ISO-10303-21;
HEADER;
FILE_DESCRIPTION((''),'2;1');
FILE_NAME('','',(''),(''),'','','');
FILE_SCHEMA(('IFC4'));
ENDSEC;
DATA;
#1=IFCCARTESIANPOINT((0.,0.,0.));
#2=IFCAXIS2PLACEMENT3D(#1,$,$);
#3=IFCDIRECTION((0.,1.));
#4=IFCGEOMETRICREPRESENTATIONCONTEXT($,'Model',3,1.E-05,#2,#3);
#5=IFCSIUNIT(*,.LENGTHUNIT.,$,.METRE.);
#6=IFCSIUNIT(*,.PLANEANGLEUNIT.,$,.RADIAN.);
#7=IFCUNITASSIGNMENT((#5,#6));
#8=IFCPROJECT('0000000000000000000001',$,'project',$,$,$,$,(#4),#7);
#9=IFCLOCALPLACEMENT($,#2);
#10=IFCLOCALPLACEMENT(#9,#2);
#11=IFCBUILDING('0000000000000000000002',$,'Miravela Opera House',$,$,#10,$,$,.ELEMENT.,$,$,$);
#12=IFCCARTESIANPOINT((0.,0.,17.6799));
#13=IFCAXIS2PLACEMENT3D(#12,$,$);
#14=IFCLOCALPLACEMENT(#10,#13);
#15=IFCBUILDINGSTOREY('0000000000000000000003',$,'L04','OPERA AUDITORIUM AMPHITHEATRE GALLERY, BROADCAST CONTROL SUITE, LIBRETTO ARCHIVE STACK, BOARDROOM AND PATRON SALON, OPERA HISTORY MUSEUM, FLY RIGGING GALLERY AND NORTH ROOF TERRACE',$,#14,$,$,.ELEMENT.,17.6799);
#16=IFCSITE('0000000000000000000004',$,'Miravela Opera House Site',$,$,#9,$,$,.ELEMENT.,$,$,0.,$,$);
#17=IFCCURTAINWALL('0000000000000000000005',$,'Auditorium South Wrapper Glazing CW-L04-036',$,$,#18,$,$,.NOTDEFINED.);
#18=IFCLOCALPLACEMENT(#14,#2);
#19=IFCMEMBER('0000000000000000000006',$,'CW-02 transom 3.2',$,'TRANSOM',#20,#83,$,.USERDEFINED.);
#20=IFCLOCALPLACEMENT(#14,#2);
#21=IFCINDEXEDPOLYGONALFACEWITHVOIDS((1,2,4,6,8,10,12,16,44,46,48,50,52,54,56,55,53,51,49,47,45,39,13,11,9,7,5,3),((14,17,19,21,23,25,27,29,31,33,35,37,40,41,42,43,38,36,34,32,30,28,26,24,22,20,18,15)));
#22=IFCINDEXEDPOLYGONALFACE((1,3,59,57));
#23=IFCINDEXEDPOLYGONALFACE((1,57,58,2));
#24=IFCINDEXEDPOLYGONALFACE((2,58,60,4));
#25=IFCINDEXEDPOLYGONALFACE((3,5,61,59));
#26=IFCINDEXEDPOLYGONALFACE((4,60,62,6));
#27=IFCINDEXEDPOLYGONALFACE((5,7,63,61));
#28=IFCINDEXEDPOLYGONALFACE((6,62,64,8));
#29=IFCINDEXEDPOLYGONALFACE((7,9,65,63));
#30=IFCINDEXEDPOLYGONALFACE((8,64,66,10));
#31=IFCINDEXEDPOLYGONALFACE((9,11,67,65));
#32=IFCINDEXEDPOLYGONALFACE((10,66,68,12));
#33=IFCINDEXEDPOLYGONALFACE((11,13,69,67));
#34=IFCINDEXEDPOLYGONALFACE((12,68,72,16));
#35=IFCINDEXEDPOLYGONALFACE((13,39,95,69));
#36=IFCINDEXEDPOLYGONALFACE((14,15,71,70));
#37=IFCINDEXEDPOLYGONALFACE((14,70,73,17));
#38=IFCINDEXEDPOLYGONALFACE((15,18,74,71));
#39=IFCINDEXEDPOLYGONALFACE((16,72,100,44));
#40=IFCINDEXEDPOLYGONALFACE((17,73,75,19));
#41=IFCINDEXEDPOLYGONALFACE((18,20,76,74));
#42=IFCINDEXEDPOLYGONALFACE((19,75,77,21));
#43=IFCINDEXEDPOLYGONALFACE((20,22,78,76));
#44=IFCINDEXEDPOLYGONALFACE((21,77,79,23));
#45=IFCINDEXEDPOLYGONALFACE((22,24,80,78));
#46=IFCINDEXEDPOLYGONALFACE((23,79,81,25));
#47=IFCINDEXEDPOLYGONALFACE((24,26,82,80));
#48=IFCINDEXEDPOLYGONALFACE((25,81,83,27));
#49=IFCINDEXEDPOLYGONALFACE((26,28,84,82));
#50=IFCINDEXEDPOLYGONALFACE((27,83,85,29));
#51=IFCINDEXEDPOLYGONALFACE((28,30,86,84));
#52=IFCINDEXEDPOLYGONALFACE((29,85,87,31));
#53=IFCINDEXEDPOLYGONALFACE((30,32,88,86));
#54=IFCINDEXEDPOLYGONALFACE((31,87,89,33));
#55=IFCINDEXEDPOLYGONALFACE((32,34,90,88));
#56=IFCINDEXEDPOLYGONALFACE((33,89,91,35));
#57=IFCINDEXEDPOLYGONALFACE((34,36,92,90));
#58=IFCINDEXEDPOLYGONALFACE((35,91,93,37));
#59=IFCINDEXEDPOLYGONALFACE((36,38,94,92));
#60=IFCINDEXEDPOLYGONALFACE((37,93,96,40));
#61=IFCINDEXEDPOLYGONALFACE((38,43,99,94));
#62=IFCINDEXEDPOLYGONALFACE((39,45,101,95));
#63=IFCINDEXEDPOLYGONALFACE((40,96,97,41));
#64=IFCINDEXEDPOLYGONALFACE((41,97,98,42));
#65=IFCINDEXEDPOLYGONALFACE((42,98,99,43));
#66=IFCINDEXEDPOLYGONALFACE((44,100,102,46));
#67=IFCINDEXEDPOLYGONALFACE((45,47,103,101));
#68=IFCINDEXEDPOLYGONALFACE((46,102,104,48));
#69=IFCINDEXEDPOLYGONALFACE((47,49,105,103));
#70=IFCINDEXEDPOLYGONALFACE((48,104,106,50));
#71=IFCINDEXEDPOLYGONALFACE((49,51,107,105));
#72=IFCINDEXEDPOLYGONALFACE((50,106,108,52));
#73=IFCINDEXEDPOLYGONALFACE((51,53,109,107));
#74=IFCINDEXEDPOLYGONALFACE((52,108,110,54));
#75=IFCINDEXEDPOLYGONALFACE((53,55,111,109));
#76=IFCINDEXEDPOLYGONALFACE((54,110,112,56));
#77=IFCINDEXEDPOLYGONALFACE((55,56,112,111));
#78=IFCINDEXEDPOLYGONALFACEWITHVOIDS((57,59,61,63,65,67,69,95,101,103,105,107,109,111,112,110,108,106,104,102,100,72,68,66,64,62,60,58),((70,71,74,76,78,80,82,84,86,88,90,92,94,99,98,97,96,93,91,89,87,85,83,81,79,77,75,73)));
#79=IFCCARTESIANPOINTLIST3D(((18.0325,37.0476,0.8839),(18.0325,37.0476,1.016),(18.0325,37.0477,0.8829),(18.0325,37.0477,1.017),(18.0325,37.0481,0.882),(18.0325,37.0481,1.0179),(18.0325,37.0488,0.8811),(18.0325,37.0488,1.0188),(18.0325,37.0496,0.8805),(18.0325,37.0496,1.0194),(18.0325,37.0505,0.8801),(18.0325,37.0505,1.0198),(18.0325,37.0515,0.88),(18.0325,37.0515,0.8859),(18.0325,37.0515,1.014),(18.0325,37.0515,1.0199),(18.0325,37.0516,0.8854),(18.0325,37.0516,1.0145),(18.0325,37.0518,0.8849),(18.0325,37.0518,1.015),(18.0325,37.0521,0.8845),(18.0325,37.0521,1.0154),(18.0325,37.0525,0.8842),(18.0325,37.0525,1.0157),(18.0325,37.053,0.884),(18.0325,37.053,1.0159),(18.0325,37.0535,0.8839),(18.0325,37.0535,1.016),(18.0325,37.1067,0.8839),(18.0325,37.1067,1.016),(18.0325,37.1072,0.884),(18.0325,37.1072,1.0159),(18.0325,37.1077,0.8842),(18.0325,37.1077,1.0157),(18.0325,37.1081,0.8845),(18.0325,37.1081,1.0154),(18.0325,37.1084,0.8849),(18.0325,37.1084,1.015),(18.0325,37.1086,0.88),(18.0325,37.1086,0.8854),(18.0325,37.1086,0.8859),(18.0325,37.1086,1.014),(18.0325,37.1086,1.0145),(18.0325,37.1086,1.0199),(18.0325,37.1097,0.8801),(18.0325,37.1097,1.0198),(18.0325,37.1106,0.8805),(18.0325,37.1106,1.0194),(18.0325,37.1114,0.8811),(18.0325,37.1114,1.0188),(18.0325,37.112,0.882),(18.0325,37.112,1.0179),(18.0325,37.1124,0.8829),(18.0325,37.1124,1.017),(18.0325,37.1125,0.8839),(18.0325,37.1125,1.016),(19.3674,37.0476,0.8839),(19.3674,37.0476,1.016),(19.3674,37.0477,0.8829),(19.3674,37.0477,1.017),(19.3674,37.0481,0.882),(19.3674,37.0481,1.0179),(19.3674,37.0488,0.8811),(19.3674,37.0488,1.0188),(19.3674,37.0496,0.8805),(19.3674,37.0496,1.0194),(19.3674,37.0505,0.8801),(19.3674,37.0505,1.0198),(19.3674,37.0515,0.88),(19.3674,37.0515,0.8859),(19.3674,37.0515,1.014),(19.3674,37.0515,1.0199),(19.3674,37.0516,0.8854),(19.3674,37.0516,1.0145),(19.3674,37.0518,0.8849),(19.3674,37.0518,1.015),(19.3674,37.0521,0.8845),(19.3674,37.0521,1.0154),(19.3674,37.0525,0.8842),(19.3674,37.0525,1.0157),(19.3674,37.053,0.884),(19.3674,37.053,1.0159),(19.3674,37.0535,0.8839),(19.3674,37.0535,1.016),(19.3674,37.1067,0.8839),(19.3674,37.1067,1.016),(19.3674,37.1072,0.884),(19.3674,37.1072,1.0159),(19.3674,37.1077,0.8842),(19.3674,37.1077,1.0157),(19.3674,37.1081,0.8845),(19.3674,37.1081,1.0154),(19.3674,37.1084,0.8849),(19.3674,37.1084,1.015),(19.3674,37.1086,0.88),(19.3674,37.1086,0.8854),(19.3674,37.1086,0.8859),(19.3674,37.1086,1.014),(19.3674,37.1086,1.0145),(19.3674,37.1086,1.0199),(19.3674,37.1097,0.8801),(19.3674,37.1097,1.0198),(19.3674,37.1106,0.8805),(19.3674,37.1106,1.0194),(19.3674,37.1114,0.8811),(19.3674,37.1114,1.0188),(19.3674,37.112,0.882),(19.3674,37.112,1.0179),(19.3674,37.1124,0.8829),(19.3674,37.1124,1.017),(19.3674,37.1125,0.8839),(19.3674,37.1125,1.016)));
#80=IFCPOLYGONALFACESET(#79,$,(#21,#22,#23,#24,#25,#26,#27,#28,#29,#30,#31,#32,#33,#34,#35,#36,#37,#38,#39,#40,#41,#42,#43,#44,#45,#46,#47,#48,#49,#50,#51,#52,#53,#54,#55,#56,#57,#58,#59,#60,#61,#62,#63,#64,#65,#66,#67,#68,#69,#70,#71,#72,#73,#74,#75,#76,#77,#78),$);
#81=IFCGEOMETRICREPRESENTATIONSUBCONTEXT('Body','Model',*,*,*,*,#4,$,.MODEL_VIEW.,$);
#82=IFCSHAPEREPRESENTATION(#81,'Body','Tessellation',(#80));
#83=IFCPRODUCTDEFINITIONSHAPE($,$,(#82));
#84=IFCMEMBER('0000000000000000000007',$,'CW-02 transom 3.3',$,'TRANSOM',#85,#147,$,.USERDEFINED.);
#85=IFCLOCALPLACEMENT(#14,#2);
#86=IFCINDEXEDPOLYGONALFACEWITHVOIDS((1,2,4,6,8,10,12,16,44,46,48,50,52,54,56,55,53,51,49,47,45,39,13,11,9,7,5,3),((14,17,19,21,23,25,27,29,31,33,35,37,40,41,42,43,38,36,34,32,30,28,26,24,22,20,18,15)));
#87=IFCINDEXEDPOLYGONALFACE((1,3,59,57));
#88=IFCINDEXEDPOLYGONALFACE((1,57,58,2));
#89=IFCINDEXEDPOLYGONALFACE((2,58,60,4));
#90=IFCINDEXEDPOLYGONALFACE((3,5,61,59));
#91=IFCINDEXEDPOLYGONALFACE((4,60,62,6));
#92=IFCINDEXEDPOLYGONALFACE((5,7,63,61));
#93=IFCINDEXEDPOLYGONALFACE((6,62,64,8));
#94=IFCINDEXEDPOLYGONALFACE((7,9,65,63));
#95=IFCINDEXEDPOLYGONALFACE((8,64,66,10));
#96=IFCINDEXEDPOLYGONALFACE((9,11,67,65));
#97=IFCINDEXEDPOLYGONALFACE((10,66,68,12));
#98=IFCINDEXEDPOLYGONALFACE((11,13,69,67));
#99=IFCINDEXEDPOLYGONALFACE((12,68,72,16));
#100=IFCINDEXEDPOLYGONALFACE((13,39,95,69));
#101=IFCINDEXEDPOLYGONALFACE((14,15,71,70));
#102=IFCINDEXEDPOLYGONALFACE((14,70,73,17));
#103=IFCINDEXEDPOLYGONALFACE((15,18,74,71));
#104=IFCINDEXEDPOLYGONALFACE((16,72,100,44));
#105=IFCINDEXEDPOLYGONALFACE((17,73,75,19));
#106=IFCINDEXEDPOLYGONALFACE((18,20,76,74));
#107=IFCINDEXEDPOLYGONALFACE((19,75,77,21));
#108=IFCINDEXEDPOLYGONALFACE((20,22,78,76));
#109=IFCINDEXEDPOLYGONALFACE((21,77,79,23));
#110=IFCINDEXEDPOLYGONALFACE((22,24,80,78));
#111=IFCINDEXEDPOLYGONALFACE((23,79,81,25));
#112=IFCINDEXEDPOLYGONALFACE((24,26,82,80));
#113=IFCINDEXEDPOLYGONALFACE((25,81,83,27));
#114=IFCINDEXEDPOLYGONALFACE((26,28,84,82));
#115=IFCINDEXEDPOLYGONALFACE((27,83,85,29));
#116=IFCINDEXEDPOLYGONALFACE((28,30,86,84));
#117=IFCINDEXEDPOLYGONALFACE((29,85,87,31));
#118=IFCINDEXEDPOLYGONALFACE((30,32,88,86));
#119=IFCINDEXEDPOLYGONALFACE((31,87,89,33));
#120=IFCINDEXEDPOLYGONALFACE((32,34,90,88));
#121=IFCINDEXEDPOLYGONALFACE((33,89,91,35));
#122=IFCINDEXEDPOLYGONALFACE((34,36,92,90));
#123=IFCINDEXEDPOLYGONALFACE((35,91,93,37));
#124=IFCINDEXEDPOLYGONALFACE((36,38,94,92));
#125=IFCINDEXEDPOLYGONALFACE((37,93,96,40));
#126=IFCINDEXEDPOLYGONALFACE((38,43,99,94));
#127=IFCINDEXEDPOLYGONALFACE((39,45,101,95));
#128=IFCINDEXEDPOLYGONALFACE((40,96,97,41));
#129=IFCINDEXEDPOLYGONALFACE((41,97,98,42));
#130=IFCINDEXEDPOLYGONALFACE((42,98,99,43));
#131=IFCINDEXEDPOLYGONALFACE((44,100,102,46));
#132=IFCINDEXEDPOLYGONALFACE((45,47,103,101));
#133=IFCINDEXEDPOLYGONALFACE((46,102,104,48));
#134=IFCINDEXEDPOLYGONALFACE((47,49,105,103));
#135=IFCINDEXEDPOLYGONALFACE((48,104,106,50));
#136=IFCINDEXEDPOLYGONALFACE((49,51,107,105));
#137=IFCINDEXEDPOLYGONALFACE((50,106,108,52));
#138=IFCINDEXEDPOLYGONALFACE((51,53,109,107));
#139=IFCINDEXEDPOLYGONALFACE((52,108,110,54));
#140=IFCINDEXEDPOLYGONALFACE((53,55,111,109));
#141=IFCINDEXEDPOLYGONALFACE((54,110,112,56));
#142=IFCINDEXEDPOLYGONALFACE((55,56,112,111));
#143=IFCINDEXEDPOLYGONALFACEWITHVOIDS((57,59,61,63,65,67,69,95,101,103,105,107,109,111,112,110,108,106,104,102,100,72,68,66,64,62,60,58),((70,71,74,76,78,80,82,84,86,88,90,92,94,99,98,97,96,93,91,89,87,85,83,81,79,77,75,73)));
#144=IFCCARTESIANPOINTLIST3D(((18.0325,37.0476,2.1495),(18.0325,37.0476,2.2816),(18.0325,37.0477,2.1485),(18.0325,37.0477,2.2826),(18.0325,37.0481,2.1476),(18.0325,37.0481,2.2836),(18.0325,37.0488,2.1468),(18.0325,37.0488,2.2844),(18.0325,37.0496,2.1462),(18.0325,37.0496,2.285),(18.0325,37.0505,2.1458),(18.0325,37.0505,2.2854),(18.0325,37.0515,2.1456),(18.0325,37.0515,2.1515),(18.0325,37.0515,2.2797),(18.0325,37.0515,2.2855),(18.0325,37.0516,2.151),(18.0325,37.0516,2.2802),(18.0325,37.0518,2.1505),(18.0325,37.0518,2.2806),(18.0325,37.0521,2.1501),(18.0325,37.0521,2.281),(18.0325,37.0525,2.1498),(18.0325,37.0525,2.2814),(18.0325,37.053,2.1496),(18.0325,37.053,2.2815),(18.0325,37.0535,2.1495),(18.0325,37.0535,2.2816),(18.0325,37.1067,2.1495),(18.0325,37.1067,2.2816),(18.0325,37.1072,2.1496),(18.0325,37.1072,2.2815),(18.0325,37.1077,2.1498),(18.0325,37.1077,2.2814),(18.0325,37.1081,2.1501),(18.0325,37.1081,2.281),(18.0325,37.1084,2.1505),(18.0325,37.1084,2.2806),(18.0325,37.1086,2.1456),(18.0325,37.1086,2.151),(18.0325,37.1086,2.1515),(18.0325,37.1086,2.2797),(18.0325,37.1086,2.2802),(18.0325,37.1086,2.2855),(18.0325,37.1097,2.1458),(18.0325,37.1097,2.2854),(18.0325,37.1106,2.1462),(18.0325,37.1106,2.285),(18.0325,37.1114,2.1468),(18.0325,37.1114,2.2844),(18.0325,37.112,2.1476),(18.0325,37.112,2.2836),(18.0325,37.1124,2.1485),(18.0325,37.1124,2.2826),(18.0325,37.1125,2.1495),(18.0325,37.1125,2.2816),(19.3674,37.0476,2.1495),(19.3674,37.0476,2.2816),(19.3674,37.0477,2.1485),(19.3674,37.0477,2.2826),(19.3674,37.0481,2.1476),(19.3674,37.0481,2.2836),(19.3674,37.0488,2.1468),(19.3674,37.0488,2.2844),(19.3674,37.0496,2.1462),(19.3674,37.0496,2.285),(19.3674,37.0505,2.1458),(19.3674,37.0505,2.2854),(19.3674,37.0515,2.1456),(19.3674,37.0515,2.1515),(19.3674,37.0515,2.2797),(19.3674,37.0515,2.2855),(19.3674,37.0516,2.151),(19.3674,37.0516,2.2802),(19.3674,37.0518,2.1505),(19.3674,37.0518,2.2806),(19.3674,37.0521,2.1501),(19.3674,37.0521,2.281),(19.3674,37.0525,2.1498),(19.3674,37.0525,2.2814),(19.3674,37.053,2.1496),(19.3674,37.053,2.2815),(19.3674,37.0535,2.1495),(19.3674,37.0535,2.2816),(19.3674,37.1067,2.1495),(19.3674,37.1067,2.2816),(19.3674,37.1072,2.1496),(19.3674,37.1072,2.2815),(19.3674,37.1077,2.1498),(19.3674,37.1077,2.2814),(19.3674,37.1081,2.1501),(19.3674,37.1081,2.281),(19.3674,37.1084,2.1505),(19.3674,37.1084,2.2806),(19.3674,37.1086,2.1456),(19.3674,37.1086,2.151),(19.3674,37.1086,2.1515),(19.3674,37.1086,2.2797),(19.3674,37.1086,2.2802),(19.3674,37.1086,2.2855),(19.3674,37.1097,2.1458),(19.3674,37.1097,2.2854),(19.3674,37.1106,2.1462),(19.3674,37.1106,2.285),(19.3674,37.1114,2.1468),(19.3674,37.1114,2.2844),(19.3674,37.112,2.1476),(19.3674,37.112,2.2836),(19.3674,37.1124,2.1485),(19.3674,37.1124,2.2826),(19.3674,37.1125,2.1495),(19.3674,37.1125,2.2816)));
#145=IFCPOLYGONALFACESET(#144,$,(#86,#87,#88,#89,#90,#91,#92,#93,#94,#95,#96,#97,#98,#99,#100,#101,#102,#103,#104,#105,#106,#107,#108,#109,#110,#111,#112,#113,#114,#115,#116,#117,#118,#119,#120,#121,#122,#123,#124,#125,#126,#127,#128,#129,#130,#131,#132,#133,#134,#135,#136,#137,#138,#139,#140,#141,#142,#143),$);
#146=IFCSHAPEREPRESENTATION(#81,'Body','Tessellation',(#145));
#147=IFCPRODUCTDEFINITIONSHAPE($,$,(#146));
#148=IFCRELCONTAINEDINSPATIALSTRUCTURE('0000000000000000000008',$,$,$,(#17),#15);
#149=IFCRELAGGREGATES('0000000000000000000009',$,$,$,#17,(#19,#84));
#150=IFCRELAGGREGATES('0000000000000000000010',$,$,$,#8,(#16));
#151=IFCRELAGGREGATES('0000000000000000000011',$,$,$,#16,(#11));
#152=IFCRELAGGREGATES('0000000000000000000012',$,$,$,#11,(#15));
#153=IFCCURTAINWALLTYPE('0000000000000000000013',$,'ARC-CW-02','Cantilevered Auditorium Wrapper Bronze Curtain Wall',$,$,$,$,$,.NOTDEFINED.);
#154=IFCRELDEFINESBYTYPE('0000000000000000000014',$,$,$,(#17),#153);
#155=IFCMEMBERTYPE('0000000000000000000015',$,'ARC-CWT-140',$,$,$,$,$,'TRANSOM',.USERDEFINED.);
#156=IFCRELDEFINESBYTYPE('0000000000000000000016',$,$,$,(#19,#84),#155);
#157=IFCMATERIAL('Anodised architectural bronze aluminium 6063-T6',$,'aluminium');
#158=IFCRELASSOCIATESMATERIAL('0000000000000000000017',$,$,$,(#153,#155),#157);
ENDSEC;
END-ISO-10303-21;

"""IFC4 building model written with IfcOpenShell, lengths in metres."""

from ifc_helpers import new_model, si_unit, direction, frame, origin, origin_2d, place, context, subcontext, project, spatial, hollow_rectangle, extrude, material, material_profile, profile_set, type_object, element, aggregate, save


model = new_model("IFC4")

# Units and contexts
model_context = context("Model", 3, precision=1e-05, world=origin(), true_north=direction((0.0, 1.0)))
body_context = subcontext(model_context, "Body", "Model", "MODEL_VIEW")
ifc_project = project(units=[si_unit("LENGTHUNIT", "METRE"), si_unit("PLANEANGLEUNIT", "RADIAN")], contexts=[model_context])

# Site, building, storey
site_placement = place(None, origin())
site = spatial("IfcSite", under=ifc_project, at=site_placement, Name="Miravela Opera House Site", CompositionType="ELEMENT", RefElevation=0.0)
building_placement = place(site_placement, origin())
building = spatial("IfcBuilding", under=site, at=building_placement, Name="Miravela Opera House", CompositionType="ELEMENT")
storey_placement = place(building_placement, frame((0.0, 0.0, 17.6799)))
storey = spatial("IfcBuildingStorey", under=building, at=storey_placement, Name="L04", Description="OPERA AUDITORIUM AMPHITHEATRE GALLERY, BROADCAST CONTROL SUITE, LIBRETTO ARCHIVE STACK, BOARDROOM AND PATRON SALON, OPERA HISTORY MUSEUM, FLY RIGGING GALLERY AND NORTH ROOF TERRACE", CompositionType="ELEMENT", Elevation=17.6799)

# Curtain wall, members
ifc_material_1 = material(Name="Anodised architectural bronze aluminium 6063-T6", Category="aluminium")
curtain_wall_type = type_object("IfcCurtainWallType", Name="ARC-CW-02", Description="Cantilevered Auditorium Wrapper Bronze Curtain Wall", PredefinedType="NOTDEFINED", material=ifc_material_1)
curtain_wall_placement = place(storey_placement, origin())
curtain_wall = element("IfcCurtainWall", 1, at=curtain_wall_placement, inside=storey, type_object=curtain_wall_type, Name="Auditorium South Wrapper Glazing CW-L04-036", PredefinedType="NOTDEFINED")
ifc_material_profile_1 = material_profile(ifc_material_1, hollow_rectangle(XDim=0.0649, YDim=0.1399, WallThickness=0.0039, InnerFilletRadius=0.002, OuterFilletRadius=0.0039, at=origin_2d()), Name="CWT-65X140")
ifc_profile_set_1 = profile_set([ifc_material_profile_1])
member_type_1 = type_object("IfcMemberType", Name="ARC-CWT-140", ElementType="TRANSOM", PredefinedType="USERDEFINED", material=ifc_profile_set_1)
member_1_placement = place(storey_placement, frame((18.0325, 37.0801, 0.95), z_axis=(1.0, 0.0, 0.0), x_axis=(0.0, 1.0, 0.0)))
member_1 = element("IfcMember", 2, at=member_1_placement, type_object=member_type_1, Name="CW-02 transom 3.2", ObjectType="TRANSOM", PredefinedType="USERDEFINED", context=body_context, shape_type="SweptSolid", body=[
    extrude(hollow_rectangle(XDim=0.0649, YDim=0.1399, WallThickness=0.0039, InnerFilletRadius=0.002, OuterFilletRadius=0.0039, at=origin_2d()), origin(), (0.0, 0.0, 1.0), 1.335),
])
member_2_placement = place(storey_placement, frame((18.0325, 37.0801, 2.2156), z_axis=(1.0, 0.0, 0.0), x_axis=(0.0, 1.0, 0.0)))
member_2 = element("IfcMember", 3, at=member_2_placement, type_object=member_type_1, Name="CW-02 transom 3.3", ObjectType="TRANSOM", PredefinedType="USERDEFINED", context=body_context, shape_type="SweptSolid", body=[
    extrude(hollow_rectangle(XDim=0.0649, YDim=0.1399, WallThickness=0.0039, InnerFilletRadius=0.002, OuterFilletRadius=0.0039, at=origin_2d()), origin(), (0.0, 0.0, 1.0), 1.335),
])

aggregate(curtain_wall, [member_1, member_2])

save(model, "model.ifc")
